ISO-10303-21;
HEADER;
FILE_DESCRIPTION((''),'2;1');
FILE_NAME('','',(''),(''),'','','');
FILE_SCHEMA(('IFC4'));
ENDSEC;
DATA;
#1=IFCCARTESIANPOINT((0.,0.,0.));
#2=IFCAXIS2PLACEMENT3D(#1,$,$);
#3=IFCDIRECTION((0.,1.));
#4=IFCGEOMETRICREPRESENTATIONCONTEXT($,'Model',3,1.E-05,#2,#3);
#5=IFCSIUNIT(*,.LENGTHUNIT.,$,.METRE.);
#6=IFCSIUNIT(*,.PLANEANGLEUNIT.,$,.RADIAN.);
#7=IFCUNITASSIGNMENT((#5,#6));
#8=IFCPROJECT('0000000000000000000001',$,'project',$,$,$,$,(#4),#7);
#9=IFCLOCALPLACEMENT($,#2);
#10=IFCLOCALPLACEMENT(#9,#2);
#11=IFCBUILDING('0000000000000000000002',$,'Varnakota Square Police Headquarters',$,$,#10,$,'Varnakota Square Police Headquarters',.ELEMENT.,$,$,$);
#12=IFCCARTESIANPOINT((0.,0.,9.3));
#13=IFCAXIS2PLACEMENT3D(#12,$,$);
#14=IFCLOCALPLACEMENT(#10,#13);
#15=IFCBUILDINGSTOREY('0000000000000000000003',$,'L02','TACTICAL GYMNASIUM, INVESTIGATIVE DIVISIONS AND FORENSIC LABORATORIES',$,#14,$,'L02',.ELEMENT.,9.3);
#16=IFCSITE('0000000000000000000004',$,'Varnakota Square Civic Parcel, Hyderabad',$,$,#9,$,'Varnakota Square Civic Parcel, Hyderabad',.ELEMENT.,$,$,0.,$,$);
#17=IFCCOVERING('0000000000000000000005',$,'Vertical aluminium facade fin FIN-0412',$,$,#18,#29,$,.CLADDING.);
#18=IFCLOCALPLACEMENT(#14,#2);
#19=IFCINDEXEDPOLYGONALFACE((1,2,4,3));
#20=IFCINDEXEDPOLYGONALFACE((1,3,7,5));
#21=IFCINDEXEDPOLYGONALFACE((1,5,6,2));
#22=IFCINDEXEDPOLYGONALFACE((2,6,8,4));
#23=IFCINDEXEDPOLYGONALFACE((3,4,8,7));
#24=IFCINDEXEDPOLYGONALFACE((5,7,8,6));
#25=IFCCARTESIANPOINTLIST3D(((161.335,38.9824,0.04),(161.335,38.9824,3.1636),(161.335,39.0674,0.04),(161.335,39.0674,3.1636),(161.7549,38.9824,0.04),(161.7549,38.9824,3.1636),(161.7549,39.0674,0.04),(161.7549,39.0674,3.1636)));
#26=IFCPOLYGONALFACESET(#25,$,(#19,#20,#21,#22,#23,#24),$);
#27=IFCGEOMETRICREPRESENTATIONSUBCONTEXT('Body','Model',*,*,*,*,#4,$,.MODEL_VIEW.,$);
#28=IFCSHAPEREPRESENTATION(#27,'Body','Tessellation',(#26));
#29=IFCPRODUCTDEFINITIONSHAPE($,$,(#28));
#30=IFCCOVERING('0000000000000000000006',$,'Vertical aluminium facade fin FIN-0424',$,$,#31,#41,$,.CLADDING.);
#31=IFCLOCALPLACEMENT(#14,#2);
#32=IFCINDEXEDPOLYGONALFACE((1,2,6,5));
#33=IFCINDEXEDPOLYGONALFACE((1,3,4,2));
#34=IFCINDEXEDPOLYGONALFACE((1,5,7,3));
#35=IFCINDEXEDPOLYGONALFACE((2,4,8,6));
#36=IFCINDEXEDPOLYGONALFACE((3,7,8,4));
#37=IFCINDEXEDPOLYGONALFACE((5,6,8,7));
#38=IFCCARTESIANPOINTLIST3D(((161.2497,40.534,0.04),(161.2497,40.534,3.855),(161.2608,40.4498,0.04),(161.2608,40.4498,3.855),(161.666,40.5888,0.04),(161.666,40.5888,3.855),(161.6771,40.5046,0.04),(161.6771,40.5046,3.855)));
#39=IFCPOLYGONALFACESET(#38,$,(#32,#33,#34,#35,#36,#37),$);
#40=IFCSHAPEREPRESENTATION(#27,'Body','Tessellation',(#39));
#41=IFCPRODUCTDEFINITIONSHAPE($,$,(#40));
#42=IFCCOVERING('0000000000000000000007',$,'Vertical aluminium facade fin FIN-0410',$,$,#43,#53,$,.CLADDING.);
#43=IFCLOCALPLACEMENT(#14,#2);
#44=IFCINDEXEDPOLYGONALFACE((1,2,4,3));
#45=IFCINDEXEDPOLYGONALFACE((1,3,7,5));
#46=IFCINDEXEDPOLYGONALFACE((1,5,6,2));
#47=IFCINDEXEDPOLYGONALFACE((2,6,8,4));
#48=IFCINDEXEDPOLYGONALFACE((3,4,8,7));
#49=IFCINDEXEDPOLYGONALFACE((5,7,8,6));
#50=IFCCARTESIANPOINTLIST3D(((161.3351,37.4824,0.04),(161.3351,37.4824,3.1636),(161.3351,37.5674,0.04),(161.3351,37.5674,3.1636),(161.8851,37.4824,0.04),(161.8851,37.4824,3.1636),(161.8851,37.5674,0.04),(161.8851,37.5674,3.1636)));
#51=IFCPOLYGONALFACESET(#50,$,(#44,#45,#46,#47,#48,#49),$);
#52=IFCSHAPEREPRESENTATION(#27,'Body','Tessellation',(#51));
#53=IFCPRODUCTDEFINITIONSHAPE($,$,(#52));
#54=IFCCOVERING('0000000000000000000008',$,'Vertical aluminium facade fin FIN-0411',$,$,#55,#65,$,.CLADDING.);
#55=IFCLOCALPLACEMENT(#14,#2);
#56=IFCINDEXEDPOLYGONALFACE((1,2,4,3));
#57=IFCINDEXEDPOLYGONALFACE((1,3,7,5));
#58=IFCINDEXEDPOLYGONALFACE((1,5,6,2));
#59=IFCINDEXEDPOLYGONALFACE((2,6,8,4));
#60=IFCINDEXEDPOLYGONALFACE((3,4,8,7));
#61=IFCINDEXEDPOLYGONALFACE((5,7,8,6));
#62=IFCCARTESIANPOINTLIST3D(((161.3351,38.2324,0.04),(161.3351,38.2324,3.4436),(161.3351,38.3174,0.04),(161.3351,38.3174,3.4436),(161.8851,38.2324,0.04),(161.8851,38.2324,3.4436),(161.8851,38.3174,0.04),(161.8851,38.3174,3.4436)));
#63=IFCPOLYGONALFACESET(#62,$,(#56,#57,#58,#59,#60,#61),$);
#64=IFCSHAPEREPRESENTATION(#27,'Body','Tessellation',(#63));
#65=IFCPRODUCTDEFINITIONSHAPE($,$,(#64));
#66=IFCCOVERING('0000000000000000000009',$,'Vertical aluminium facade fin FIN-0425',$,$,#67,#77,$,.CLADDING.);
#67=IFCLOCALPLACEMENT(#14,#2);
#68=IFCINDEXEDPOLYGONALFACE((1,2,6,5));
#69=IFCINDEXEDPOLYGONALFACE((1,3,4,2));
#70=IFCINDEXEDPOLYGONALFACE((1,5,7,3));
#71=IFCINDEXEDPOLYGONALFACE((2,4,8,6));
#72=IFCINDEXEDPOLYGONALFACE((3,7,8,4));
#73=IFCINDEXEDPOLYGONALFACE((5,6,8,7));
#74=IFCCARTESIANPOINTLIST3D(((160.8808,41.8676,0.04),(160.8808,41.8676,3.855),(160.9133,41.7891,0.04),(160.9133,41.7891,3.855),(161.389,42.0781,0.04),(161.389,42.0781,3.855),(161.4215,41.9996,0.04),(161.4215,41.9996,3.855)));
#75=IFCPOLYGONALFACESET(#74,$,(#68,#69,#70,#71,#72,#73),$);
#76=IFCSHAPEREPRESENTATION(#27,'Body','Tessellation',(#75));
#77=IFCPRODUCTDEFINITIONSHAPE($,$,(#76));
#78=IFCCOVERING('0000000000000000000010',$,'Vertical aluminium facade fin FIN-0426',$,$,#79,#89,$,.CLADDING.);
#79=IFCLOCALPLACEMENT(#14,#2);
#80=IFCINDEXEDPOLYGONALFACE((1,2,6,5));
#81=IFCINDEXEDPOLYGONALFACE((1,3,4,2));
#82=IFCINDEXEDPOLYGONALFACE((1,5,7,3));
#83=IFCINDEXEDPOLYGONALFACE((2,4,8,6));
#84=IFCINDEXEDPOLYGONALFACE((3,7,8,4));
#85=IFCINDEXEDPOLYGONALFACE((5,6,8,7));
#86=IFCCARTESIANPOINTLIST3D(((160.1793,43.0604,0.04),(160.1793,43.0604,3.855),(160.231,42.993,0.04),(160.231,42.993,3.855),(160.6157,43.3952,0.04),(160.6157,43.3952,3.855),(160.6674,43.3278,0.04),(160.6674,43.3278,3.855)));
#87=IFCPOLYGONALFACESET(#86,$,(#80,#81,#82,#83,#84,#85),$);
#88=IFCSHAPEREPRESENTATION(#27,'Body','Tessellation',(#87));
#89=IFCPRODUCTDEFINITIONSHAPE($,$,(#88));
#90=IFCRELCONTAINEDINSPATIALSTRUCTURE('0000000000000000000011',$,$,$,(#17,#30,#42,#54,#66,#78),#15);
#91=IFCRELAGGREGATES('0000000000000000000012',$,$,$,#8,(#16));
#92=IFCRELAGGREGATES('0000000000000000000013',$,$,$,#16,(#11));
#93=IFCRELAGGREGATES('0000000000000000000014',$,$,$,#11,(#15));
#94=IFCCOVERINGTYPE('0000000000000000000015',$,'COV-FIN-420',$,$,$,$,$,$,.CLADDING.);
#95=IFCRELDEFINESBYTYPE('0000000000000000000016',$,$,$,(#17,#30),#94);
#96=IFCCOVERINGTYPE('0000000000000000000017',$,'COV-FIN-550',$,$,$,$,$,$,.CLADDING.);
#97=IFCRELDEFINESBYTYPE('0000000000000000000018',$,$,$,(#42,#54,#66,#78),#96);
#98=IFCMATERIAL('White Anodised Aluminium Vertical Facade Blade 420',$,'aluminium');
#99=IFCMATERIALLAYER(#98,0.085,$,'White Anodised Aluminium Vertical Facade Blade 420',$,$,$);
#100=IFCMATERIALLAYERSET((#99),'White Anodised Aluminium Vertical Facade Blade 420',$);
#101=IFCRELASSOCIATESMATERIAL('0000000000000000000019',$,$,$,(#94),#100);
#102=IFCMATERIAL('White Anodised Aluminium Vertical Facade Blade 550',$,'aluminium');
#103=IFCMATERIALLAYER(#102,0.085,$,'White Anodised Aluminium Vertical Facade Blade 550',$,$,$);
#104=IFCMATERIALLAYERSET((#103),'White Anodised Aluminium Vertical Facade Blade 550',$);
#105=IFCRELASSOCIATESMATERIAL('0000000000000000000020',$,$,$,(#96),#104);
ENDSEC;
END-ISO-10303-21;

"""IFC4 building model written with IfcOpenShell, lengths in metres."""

from ifc_helpers import new_model, si_unit, direction, frame, origin, origin_2d, place, context, subcontext, project, spatial, rectangle, extrude, material, layer, layer_set, type_object, element, save


model = new_model("IFC4")

# Units and contexts
model_context = context("Model", 3, precision=1e-05, world=origin(), true_north=direction((0.0, 1.0)))
body_context = subcontext(model_context, "Body", "Model", "MODEL_VIEW")
ifc_project = project(units=[si_unit("LENGTHUNIT", "METRE"), si_unit("PLANEANGLEUNIT", "RADIAN")], contexts=[model_context])

# Site, building, storey
site_placement = place(None, origin())
site = spatial("IfcSite", under=ifc_project, at=site_placement, Name="Varnakota Square Civic Parcel, Hyderabad", LongName="Varnakota Square Civic Parcel, Hyderabad", CompositionType="ELEMENT", RefElevation=0.0)
building_placement = place(site_placement, origin())
building = spatial("IfcBuilding", under=site, at=building_placement, Name="Varnakota Square Police Headquarters", LongName="Varnakota Square Police Headquarters", CompositionType="ELEMENT")
storey_placement = place(building_placement, frame((0.0, 0.0, 9.3)))
storey = spatial("IfcBuildingStorey", under=building, at=storey_placement, Name="L02", Description="TACTICAL GYMNASIUM, INVESTIGATIVE DIVISIONS AND FORENSIC LABORATORIES", LongName="L02", CompositionType="ELEMENT", Elevation=9.3)

# Coverings
ifc_material_1 = material(Name="White Anodised Aluminium Vertical Facade Blade 420", Category="aluminium")
ifc_layer_1 = layer(ifc_material_1, 0.085, Name="White Anodised Aluminium Vertical Facade Blade 420")
ifc_layer_set_1 = layer_set([ifc_layer_1], Name="White Anodised Aluminium Vertical Facade Blade 420")
covering_type_1 = type_object("IfcCoveringType", Name="COV-FIN-420", PredefinedType="CLADDING", material=ifc_layer_set_1)
covering_1_placement = place(storey_placement, frame((161.5449, 39.0249, 0.04), z_axis=(0.0, 0.0, 1.0), x_axis=(0.0, 1.0, 0.0)))
element("IfcCovering", 1, at=covering_1_placement, inside=storey, type_object=covering_type_1, Name="Vertical aluminium facade fin FIN-0412", PredefinedType="CLADDING", context=body_context, shape_type="SweptSolid", body=[
    extrude(rectangle(XDim=0.085, YDim=0.4199, at=origin_2d()), origin(), (0.0, 0.0, 1.0), 3.1235),
])
covering_2_placement = place(storey_placement, frame((161.4634, 40.5193, 0.04), z_axis=(0.0, 0.0, 1.0), x_axis=(-0.130526, 0.991445, 0.0)))
element("IfcCovering", 2, at=covering_2_placement, inside=storey, type_object=covering_type_1, Name="Vertical aluminium facade fin FIN-0424", PredefinedType="CLADDING", context=body_context, shape_type="SweptSolid", body=[
    extrude(rectangle(XDim=0.085, YDim=0.4199, at=origin_2d()), origin(), (0.0, 0.0, 1.0), 3.8149),
])
ifc_material_2 = material(Name="White Anodised Aluminium Vertical Facade Blade 550", Category="aluminium")
ifc_layer_2 = layer(ifc_material_2, 0.085, Name="White Anodised Aluminium Vertical Facade Blade 550")
ifc_layer_set_2 = layer_set([ifc_layer_2], Name="White Anodised Aluminium Vertical Facade Blade 550")
covering_type_2 = type_object("IfcCoveringType", Name="COV-FIN-550", PredefinedType="CLADDING", material=ifc_layer_set_2)
covering_3_placement = place(storey_placement, frame((161.6101, 37.5249, 0.04), z_axis=(0.0, 0.0, 1.0), x_axis=(0.0, 1.0, 0.0)))
element("IfcCovering", 3, at=covering_3_placement, inside=storey, type_object=covering_type_2, Name="Vertical aluminium facade fin FIN-0410", PredefinedType="CLADDING", context=body_context, shape_type="SweptSolid", body=[
    extrude(rectangle(XDim=0.085, YDim=0.55, at=origin_2d()), origin(), (0.0, 0.0, 1.0), 3.1235),
])
covering_4_placement = place(storey_placement, frame((161.6101, 38.2749, 0.04), z_axis=(0.0, 0.0, 1.0), x_axis=(0.0, 1.0, 0.0)))
element("IfcCovering", 4, at=covering_4_placement, inside=storey, type_object=covering_type_2, Name="Vertical aluminium facade fin FIN-0411", PredefinedType="CLADDING", context=body_context, shape_type="SweptSolid", body=[
    extrude(rectangle(XDim=0.085, YDim=0.55, at=origin_2d()), origin(), (0.0, 0.0, 1.0), 3.4036),
])
for number, where, z_axis, x_axis, name in (
    (5, (161.1511, 41.9336, 0.04), (0.0, 0.0, 1.0), (-0.382683, 0.92388, 0.0), "Vertical aluminium facade fin FIN-0425"),
    (6, (160.4233, 43.1941, 0.04), (0.0, 0.0, 1.0), (-0.608761, 0.793353, 0.0), "Vertical aluminium facade fin FIN-0426"),
):
    element("IfcCovering", number, at=place(storey_placement, frame(where, z_axis=z_axis, x_axis=x_axis)), inside=storey, type_object=covering_type_2, Name=name, PredefinedType="CLADDING", context=body_context, shape_type="SweptSolid", body=[
        extrude(rectangle(XDim=0.085, YDim=0.55, at=origin_2d()), origin(), (0.0, 0.0, 1.0), 3.8149),
    ])

save(model, "model.ifc")
